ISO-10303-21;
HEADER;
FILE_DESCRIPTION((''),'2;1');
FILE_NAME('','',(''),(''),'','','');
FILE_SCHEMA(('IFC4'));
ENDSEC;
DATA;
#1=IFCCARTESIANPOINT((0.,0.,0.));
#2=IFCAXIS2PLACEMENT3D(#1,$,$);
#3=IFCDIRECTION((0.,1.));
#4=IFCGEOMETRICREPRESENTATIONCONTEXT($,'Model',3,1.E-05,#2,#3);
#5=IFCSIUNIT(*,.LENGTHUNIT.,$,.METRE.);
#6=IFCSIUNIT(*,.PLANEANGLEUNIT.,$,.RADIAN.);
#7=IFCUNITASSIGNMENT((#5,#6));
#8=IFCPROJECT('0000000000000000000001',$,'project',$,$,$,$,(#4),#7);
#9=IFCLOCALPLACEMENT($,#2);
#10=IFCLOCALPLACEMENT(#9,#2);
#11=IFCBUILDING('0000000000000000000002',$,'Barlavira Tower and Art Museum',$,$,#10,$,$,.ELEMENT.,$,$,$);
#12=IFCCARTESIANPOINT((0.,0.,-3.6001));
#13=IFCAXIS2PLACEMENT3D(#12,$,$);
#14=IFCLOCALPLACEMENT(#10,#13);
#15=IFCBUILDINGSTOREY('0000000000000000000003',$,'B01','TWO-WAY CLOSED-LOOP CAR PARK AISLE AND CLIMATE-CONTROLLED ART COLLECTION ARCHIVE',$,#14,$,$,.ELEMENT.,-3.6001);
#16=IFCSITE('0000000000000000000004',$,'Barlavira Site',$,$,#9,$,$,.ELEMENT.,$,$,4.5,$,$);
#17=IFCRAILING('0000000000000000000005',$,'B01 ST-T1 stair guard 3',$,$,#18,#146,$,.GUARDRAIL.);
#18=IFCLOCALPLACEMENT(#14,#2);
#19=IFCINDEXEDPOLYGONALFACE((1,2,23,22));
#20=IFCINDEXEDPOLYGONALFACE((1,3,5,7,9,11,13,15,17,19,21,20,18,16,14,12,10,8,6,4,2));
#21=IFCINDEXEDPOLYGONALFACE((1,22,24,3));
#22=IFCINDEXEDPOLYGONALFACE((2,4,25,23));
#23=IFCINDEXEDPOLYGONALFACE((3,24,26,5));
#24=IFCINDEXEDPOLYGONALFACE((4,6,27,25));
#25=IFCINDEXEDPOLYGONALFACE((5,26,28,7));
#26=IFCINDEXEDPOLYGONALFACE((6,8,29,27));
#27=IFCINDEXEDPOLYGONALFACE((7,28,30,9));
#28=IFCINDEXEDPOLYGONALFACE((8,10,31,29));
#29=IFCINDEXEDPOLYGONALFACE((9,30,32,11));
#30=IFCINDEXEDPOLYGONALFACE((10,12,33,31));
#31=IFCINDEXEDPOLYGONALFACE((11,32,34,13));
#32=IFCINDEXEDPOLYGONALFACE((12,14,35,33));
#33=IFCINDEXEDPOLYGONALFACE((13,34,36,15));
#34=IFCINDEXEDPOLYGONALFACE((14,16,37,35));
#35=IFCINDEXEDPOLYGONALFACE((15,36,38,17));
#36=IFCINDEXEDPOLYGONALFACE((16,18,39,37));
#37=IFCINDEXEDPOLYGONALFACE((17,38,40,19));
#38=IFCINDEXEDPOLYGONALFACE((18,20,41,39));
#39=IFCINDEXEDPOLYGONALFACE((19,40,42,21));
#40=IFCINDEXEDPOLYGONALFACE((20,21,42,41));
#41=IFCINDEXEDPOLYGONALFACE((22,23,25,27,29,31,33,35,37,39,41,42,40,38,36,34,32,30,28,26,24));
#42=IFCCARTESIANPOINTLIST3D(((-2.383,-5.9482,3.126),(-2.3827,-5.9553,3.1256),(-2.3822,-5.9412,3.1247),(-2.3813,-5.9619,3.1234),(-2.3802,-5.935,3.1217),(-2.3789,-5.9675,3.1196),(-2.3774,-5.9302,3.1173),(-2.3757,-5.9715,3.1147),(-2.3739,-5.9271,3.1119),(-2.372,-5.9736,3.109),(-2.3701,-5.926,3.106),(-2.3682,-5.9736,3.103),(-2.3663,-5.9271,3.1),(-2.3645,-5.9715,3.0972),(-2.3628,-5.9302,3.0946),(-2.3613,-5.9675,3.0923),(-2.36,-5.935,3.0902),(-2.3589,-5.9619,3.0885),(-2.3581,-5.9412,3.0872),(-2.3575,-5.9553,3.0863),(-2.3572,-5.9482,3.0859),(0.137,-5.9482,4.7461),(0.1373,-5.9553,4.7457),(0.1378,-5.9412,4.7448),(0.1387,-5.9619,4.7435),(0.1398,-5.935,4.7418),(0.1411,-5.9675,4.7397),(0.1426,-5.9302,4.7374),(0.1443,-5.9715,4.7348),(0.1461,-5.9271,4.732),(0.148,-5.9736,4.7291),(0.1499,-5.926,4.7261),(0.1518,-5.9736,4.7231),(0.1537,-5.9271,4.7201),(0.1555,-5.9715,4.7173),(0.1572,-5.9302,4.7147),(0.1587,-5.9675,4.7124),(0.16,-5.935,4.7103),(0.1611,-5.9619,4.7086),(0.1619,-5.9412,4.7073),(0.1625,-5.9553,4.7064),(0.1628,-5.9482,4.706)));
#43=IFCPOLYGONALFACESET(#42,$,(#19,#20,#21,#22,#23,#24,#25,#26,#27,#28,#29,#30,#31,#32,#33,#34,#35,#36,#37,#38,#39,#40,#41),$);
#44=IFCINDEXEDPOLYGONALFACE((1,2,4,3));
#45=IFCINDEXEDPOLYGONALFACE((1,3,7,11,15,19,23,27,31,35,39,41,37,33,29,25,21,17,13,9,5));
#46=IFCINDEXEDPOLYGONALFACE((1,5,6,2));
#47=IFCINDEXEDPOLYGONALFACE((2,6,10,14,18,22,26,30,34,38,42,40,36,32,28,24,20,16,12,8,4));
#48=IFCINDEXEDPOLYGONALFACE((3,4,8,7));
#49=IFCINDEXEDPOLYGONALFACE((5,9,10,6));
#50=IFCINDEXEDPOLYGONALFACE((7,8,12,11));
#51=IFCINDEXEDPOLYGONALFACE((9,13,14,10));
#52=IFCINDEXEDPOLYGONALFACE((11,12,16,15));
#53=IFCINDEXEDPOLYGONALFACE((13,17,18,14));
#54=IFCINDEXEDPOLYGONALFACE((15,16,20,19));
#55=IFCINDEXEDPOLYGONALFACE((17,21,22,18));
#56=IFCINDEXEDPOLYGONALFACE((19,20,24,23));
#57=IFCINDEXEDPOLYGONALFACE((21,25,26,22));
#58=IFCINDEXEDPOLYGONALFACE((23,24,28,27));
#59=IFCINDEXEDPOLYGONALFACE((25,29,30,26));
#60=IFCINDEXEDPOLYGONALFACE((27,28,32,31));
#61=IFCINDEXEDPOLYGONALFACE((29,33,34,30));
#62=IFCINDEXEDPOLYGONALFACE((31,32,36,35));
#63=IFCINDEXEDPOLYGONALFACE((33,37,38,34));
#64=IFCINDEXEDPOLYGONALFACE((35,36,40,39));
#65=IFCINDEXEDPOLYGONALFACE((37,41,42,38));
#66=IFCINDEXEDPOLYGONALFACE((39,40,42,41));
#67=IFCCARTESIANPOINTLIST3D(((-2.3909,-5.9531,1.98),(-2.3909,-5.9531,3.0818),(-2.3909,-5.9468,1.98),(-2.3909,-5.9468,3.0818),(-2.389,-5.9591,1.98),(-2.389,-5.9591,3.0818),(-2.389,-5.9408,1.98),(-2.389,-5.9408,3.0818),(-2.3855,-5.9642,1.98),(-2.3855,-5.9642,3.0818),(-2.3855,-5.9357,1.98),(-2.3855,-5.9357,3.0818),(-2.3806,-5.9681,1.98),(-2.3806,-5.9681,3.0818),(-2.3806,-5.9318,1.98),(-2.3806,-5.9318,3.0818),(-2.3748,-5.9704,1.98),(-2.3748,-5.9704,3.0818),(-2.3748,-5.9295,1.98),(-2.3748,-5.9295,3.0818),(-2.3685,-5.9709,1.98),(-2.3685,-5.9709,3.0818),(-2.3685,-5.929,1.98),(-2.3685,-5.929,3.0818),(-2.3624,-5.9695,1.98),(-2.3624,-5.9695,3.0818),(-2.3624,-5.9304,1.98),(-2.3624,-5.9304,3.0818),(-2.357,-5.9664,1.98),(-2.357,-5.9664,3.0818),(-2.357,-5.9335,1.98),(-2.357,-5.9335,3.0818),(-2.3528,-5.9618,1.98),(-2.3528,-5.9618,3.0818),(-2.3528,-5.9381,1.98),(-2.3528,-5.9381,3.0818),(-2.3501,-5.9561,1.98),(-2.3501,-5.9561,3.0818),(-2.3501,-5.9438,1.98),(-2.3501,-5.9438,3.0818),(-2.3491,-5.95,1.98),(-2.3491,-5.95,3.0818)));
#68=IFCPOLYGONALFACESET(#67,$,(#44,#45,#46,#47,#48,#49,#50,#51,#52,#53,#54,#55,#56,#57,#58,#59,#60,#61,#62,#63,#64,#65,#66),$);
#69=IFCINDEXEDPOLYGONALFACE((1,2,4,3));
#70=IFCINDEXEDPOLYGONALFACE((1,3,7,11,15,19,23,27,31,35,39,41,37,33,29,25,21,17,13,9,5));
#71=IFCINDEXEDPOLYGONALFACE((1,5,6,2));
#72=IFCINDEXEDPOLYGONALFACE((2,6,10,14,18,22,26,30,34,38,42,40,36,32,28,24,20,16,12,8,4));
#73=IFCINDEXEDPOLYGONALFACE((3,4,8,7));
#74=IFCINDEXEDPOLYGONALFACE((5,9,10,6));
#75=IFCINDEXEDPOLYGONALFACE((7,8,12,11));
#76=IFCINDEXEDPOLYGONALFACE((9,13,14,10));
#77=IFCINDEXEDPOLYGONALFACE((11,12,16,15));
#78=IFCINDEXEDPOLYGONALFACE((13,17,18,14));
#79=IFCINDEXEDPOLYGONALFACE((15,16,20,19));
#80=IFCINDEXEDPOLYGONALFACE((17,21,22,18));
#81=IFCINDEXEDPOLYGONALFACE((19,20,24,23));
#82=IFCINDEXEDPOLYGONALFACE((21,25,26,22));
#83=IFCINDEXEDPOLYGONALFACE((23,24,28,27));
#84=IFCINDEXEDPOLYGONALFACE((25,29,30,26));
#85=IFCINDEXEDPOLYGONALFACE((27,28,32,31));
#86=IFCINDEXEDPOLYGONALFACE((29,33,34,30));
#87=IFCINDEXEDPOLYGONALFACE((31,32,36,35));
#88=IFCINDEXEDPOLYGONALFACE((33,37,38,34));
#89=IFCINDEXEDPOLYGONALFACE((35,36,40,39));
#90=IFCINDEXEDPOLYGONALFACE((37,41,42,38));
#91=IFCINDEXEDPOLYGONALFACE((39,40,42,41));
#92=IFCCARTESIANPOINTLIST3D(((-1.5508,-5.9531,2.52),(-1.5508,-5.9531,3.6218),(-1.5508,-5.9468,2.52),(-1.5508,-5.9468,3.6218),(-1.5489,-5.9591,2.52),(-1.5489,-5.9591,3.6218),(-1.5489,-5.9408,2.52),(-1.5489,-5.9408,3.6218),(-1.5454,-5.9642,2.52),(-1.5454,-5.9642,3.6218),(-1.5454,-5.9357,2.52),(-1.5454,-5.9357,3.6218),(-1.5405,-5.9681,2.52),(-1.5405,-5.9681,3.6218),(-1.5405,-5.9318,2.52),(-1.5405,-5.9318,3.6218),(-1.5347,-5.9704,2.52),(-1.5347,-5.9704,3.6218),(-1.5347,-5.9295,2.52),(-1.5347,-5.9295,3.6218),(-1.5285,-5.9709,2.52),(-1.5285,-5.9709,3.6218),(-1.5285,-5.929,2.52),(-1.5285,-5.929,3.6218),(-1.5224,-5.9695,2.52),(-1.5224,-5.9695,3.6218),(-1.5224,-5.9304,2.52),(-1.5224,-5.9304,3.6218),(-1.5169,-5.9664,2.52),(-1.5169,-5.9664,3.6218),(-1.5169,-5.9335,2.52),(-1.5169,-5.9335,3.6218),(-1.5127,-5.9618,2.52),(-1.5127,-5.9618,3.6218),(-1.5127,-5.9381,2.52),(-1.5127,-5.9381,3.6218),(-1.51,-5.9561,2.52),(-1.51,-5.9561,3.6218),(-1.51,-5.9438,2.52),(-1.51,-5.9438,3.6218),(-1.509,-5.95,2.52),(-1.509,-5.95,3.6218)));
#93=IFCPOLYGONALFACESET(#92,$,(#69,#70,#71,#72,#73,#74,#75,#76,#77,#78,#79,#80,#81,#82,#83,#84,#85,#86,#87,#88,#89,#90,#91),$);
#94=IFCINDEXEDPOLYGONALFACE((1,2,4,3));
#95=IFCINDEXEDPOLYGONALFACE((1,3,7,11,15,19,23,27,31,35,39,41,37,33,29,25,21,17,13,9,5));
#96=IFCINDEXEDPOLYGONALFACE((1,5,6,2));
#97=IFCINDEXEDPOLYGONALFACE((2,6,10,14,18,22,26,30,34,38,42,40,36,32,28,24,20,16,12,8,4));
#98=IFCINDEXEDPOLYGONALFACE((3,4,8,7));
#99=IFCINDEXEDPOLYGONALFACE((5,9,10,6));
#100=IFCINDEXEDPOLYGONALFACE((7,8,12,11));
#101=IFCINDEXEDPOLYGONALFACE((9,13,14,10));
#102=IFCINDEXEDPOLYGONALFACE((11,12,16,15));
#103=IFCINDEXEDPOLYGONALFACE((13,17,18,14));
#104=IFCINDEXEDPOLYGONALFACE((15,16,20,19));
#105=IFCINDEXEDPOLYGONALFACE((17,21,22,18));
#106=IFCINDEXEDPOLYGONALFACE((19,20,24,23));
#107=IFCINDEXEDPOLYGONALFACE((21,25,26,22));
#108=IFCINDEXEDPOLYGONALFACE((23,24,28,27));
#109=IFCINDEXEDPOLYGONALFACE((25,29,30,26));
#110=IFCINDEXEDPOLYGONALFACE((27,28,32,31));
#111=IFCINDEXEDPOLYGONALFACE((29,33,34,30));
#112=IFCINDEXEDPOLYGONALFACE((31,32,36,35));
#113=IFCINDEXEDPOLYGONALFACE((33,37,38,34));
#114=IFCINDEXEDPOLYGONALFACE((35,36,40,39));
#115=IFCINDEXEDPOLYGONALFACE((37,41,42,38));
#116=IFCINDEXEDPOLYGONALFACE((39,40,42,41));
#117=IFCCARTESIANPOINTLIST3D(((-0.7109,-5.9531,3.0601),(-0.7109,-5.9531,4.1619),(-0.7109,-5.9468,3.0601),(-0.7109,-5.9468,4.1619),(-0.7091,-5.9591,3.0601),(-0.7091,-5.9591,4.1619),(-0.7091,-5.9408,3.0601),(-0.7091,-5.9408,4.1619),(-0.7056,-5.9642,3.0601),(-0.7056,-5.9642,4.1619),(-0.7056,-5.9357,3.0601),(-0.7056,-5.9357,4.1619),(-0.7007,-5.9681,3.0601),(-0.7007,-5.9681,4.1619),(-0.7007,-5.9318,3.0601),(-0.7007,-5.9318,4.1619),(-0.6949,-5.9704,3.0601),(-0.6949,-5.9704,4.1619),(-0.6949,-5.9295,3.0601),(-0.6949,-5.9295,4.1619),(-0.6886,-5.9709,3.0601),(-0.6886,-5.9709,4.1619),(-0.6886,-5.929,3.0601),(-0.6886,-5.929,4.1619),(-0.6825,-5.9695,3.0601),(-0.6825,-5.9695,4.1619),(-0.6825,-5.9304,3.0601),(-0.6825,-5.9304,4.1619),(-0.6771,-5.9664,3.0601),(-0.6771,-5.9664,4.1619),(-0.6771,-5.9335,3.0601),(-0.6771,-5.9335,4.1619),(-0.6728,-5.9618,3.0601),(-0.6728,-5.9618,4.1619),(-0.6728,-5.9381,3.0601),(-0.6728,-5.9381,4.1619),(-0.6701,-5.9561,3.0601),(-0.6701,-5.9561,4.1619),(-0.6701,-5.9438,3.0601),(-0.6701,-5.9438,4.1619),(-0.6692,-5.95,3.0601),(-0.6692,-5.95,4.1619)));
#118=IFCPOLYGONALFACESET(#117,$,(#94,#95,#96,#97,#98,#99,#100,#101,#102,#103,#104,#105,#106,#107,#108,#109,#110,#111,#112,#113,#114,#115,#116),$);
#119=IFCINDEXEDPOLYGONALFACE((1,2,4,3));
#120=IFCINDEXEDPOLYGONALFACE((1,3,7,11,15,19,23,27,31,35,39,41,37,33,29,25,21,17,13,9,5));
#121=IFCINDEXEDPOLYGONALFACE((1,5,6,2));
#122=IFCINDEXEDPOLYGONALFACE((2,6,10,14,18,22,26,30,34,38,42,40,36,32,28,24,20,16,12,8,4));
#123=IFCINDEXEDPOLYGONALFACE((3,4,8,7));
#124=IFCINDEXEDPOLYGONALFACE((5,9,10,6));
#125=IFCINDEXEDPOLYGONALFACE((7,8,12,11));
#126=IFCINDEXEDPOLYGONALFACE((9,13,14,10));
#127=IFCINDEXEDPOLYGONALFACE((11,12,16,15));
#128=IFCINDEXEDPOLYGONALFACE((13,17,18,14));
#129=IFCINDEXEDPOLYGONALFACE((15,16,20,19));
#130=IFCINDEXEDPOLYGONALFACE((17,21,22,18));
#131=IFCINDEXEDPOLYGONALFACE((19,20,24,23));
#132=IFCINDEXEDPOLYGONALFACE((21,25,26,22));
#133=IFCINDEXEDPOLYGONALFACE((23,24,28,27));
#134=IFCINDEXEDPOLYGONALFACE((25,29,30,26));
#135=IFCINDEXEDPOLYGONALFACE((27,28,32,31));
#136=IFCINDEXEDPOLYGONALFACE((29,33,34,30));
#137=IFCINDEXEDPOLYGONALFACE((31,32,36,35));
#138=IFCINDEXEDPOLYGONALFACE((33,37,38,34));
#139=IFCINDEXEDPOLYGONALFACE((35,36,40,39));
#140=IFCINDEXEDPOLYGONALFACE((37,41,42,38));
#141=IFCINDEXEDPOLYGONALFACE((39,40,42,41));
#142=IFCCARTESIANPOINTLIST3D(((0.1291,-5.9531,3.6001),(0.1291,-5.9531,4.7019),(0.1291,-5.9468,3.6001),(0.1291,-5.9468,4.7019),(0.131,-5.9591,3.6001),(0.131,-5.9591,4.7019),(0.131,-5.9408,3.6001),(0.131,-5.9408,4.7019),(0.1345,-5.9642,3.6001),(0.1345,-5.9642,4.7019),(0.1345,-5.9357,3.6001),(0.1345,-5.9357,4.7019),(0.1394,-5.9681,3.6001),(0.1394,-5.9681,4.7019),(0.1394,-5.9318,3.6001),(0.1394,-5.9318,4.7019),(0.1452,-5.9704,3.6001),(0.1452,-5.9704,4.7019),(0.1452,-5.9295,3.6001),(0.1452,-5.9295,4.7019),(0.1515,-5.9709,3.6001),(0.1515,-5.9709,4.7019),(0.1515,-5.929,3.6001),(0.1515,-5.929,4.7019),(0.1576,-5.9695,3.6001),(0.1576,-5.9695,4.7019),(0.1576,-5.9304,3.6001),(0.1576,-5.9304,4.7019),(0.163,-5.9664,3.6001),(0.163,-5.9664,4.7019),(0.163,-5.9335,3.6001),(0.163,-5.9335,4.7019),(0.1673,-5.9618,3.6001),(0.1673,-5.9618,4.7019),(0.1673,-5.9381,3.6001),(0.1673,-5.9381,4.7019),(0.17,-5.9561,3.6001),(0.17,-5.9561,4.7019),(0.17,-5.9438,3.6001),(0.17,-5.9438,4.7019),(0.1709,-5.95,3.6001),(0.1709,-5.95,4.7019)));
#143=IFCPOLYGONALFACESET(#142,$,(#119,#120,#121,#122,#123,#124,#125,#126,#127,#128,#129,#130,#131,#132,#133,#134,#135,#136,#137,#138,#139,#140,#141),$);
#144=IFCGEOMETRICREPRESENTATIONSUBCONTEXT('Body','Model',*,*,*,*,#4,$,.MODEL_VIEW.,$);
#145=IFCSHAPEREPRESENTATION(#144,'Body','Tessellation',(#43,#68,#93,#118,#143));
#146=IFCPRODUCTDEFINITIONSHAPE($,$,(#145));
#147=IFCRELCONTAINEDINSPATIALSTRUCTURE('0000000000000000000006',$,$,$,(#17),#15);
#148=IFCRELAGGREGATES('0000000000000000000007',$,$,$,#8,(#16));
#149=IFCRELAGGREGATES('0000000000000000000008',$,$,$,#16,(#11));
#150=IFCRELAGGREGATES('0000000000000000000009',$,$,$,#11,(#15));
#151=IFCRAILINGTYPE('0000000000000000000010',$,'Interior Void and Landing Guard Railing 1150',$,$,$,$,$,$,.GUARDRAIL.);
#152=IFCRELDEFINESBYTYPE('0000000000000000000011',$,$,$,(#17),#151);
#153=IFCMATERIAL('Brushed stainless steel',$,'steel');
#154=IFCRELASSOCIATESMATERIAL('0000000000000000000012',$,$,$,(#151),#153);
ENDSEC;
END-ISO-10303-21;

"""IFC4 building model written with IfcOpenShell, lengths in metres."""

from ifc_helpers import new_model, si_unit, direction, frame, origin, origin_2d, place, context, subcontext, project, spatial, circle, extrude, material, type_object, element, save


model = new_model("IFC4")

# Units and contexts
model_context = context("Model", 3, precision=1e-05, world=origin(), true_north=direction((0.0, 1.0)))
body_context = subcontext(model_context, "Body", "Model", "MODEL_VIEW")
ifc_project = project(units=[si_unit("LENGTHUNIT", "METRE"), si_unit("PLANEANGLEUNIT", "RADIAN")], contexts=[model_context])

# Site, building, storey
site_placement = place(None, origin())
site = spatial("IfcSite", under=ifc_project, at=site_placement, Name="Barlavira Site", CompositionType="ELEMENT", RefElevation=4.5)
building_placement = place(site_placement, origin())
building = spatial("IfcBuilding", under=site, at=building_placement, Name="Barlavira Tower and Art Museum", CompositionType="ELEMENT")
storey_placement = place(building_placement, frame((0.0, 0.0, -3.6001)))
storey = spatial("IfcBuildingStorey", under=building, at=storey_placement, Name="B01", Description="TWO-WAY CLOSED-LOOP CAR PARK AISLE AND CLIMATE-CONTROLLED ART COLLECTION ARCHIVE", CompositionType="ELEMENT", Elevation=-3.6001)

# Shared definitions
ifc_material_1 = material(Name="Brushed stainless steel", Category="steel")

# Railing
railing_type_1 = type_object("IfcRailingType", Name="Interior Void and Landing Guard Railing 1150", PredefinedType="GUARDRAIL", material=ifc_material_1)
railing_1_placement = place(storey_placement, frame((-2.3701, -5.95, 1.98)))
element("IfcRailing", 1, at=railing_1_placement, inside=storey, type_object=railing_type_1, Name="B01 ST-T1 stair guard 3", PredefinedType="GUARDRAIL", context=body_context, shape_type="SweptSolid", body=[
    extrude(circle(Radius=0.0239, at=origin_2d()), frame((0.0, 0.0, 1.126), z_axis=(0.841163, 0.0, 0.540782), x_axis=(0.0, 1.0, 0.0)), (0.0, 0.0, 1.0), 2.9958),
    extrude(circle(Radius=0.021, at=origin_2d()), origin(), (0.0, 0.0, 1.0), 1.1018),
    extrude(circle(Radius=0.021, at=origin_2d()), frame((0.8401, 0.0, 0.54)), (0.0, 0.0, 1.0), 1.1018),
    extrude(circle(Radius=0.021, at=origin_2d()), frame((1.6799, 0.0, 1.0801)), (0.0, 0.0, 1.0), 1.1018),
    extrude(circle(Radius=0.021, at=origin_2d()), frame((2.52, 0.0, 1.6201)), (0.0, 0.0, 1.0), 1.1018),
])

save(model, "model.ifc")
